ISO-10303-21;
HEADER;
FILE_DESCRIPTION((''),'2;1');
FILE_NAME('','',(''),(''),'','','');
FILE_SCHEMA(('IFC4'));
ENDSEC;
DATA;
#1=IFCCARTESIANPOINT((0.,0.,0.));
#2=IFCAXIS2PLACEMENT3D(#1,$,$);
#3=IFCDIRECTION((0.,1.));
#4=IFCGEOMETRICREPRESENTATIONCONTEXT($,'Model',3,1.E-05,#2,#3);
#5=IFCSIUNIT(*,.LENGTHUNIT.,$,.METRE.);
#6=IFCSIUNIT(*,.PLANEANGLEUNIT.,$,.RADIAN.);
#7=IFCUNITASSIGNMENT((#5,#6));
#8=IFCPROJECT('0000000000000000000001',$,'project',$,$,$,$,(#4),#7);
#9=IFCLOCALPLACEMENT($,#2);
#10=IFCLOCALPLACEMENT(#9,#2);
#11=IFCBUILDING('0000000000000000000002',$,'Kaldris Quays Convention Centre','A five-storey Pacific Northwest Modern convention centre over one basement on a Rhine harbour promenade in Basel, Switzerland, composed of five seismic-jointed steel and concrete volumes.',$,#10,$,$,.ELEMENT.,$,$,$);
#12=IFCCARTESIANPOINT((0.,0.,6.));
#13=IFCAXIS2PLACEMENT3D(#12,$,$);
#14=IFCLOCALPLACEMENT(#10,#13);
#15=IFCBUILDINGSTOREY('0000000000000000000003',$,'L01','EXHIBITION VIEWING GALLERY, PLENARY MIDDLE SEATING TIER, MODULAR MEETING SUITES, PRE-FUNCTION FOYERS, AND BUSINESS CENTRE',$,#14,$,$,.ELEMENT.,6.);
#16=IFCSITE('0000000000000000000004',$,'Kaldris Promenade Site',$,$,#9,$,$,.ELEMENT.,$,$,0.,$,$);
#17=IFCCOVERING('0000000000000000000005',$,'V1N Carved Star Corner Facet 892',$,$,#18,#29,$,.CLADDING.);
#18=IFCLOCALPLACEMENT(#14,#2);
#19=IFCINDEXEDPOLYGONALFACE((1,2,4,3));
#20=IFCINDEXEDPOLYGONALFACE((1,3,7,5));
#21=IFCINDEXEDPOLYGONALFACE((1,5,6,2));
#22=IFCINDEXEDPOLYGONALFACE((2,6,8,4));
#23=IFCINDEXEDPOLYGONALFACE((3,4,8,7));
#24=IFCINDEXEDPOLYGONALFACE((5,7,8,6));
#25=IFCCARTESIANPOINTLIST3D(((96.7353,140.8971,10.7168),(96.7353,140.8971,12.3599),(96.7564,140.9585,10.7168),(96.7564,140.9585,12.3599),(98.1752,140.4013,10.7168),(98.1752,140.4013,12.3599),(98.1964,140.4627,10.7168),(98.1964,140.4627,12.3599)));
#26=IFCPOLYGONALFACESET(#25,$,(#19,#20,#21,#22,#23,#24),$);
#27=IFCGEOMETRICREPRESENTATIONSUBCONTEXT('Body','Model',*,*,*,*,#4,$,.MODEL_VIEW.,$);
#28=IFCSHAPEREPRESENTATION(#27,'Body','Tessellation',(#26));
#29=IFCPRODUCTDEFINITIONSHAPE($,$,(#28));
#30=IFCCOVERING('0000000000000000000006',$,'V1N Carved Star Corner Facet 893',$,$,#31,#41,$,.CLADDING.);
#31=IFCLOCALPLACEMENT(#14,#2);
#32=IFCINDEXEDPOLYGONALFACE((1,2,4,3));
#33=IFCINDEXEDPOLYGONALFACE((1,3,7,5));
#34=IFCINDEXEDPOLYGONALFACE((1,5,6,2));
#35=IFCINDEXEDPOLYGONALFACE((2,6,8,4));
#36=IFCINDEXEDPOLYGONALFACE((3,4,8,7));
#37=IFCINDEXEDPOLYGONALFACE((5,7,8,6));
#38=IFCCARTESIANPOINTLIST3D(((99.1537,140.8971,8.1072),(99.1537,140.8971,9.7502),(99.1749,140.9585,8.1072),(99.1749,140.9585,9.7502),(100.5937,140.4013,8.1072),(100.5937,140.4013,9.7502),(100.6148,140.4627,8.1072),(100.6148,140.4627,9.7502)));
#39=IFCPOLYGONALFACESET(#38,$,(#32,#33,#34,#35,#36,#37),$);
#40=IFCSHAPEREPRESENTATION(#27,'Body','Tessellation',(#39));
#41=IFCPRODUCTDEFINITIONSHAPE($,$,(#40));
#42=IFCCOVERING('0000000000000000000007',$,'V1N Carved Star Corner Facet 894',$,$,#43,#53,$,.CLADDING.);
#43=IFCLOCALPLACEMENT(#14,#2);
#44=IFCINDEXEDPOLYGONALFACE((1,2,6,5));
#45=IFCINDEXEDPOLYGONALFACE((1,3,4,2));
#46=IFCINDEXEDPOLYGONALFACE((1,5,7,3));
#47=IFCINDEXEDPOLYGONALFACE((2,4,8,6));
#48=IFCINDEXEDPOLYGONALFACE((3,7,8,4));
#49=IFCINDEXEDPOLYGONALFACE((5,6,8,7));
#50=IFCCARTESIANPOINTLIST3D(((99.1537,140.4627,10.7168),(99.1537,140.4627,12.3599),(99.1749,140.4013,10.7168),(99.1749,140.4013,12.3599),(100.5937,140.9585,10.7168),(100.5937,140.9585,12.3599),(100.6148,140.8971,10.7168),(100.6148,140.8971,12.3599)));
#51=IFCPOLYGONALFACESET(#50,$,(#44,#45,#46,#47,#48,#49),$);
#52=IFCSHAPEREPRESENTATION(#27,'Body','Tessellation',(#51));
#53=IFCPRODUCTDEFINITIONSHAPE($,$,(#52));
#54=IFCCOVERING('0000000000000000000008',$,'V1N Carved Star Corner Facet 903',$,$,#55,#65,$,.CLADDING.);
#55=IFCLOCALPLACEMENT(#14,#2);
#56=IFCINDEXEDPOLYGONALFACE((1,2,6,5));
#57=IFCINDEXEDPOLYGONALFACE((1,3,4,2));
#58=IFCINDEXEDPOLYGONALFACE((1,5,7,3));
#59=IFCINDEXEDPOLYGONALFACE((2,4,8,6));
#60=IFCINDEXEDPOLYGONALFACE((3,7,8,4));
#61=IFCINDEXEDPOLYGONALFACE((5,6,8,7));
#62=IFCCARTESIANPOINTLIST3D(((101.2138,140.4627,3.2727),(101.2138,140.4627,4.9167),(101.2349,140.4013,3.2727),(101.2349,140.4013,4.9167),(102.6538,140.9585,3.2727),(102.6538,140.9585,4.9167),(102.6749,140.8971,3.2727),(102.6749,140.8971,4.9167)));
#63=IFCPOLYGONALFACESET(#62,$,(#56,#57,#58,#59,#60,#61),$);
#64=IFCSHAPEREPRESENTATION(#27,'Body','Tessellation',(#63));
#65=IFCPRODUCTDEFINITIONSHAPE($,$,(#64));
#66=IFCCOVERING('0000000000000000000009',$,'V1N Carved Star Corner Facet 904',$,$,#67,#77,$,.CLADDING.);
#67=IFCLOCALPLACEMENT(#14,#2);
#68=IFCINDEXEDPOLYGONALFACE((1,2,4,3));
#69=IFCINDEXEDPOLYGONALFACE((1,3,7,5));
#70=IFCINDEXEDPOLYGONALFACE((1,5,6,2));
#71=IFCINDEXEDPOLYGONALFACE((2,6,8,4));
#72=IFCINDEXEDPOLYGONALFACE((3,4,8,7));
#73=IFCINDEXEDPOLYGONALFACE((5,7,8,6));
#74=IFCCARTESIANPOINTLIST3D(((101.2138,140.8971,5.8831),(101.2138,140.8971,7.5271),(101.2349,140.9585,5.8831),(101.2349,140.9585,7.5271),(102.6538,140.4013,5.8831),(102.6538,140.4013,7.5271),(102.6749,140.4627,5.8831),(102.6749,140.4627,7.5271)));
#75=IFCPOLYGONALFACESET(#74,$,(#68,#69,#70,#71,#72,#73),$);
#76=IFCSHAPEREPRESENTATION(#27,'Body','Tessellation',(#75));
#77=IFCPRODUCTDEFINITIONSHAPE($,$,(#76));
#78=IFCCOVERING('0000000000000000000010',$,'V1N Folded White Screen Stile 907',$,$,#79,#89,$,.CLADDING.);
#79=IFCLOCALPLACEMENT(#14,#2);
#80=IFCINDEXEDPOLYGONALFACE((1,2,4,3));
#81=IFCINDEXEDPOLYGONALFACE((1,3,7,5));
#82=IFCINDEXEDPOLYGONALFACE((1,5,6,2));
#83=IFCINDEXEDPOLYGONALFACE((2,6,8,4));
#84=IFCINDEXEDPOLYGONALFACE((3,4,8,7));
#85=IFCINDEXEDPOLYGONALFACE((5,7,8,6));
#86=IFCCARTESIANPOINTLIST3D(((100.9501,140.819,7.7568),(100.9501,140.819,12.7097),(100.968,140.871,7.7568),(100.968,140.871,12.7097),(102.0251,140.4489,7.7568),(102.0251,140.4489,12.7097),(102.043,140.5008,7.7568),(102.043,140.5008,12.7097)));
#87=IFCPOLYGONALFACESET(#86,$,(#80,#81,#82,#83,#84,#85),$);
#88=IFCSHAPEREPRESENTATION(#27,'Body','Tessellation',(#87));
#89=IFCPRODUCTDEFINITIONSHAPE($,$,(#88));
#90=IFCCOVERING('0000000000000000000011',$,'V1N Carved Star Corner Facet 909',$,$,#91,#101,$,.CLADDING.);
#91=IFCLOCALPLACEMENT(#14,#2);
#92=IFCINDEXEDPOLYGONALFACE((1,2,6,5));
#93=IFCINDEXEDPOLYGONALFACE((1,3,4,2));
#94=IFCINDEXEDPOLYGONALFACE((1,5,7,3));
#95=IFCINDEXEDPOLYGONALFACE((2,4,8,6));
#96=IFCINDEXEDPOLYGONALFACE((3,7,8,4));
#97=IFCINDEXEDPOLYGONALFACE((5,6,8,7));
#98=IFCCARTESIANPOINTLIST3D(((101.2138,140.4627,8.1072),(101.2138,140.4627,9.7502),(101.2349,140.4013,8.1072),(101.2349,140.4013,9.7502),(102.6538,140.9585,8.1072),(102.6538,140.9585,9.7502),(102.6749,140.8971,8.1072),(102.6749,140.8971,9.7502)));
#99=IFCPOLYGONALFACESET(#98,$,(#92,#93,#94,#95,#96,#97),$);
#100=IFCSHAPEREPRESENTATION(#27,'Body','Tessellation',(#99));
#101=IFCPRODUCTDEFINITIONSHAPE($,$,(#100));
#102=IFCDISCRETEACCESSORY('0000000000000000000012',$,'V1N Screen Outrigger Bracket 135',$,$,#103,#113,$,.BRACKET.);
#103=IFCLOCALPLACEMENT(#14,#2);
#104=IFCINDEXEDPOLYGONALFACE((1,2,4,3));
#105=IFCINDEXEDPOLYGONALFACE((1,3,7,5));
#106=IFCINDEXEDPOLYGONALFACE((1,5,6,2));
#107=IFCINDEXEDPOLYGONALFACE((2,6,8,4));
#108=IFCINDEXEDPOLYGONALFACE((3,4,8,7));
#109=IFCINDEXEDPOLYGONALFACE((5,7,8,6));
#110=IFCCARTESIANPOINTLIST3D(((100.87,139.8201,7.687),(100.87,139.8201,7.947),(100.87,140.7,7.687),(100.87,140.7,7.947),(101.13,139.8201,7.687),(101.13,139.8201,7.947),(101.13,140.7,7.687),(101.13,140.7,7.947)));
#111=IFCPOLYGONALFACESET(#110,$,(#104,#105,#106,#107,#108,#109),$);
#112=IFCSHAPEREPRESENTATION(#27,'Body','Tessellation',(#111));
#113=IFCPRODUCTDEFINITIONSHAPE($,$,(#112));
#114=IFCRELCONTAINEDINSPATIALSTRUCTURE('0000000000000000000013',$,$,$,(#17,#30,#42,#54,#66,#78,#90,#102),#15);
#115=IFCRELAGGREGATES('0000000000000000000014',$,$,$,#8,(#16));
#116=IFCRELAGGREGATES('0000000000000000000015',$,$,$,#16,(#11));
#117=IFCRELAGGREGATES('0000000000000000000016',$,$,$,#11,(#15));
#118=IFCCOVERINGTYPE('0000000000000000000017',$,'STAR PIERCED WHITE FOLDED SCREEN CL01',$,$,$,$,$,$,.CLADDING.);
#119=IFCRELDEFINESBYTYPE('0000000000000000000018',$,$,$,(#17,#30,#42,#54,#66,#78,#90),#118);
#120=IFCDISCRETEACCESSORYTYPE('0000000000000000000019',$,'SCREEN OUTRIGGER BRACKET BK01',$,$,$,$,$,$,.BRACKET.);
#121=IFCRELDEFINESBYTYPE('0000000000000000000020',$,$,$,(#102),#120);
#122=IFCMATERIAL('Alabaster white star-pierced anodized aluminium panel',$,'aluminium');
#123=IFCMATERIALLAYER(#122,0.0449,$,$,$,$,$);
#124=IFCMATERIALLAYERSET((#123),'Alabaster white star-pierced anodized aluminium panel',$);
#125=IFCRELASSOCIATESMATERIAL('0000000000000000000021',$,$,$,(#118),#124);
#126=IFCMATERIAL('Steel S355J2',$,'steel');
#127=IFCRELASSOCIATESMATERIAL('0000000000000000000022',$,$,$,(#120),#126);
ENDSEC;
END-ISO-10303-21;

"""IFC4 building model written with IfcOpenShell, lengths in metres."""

from ifc_helpers import new_model, si_unit, direction, frame, origin, origin_2d, place, context, subcontext, project, spatial, rectangle, extrude, material, layer, layer_set, type_object, element, save


model = new_model("IFC4")

# Units and contexts
model_context = context("Model", 3, precision=1e-05, world=origin(), true_north=direction((0.0, 1.0)))
body_context = subcontext(model_context, "Body", "Model", "MODEL_VIEW")
ifc_project = project(units=[si_unit("LENGTHUNIT", "METRE"), si_unit("PLANEANGLEUNIT", "RADIAN")], contexts=[model_context])

# Site, building, storey
site_placement = place(None, origin())
site = spatial("IfcSite", under=ifc_project, at=site_placement, Name="Kaldris Promenade Site", CompositionType="ELEMENT", RefElevation=0.0)
building_placement = place(site_placement, origin())
building = spatial("IfcBuilding", under=site, at=building_placement, Name="Kaldris Quays Convention Centre", Description="A five-storey Pacific Northwest Modern convention centre over one basement on a Rhine harbour promenade in Basel, Switzerland, composed of five seismic-jointed steel and concrete volumes.", CompositionType="ELEMENT")
storey_placement = place(building_placement, frame((0.0, 0.0, 6.0)))
storey = spatial("IfcBuildingStorey", under=building, at=storey_placement, Name="L01", Description="EXHIBITION VIEWING GALLERY, PLENARY MIDDLE SEATING TIER, MODULAR MEETING SUITES, PRE-FUNCTION FOYERS, AND BUSINESS CENTRE", CompositionType="ELEMENT", Elevation=6.0)

# Coverings
ifc_material_1 = material(Name="Alabaster white star-pierced anodized aluminium panel", Category="aluminium")
ifc_layer = layer(ifc_material_1, 0.0449)
ifc_layer_set = layer_set([ifc_layer], Name="Alabaster white star-pierced anodized aluminium panel")
covering_type = type_object("IfcCoveringType", Name="STAR PIERCED WHITE FOLDED SCREEN CL01", PredefinedType="CLADDING", material=ifc_layer_set)
for number, where, z_axis, x_axis, name in (
    (1, (97.4658, 140.6799, 10.7168), (0.0, 0.0, 1.0), (0.945519, -0.325568, 0.0), "V1N Carved Star Corner Facet 892"),
    (2, (99.8843, 140.6799, 8.1072), (0.0, 0.0, 1.0), (0.945519, -0.325568, 0.0), "V1N Carved Star Corner Facet 893"),
    (3, (99.8843, 140.6799, 10.7168), (0.0, 0.0, 1.0), (0.945519, 0.325568, 0.0), "V1N Carved Star Corner Facet 894"),
):
    element("IfcCovering", number, at=place(storey_placement, frame(where, z_axis=z_axis, x_axis=x_axis)), inside=storey, type_object=covering_type, Name=name, PredefinedType="CLADDING", context=body_context, shape_type="SweptSolid", body=[
        extrude(rectangle(XDim=1.5229, YDim=0.0649, at=origin_2d()), origin(), (0.0, 0.0, 1.0), 1.6431),
    ])
for number, where, z_axis, x_axis, name in (
    (4, (101.9443, 140.6799, 3.2727), (0.0, 0.0, 1.0), (0.945519, 0.325568, 0.0), "V1N Carved Star Corner Facet 903"),
    (5, (101.9443, 140.6799, 5.8831), (0.0, 0.0, 1.0), (0.945519, -0.325568, 0.0), "V1N Carved Star Corner Facet 904"),
):
    element("IfcCovering", number, at=place(storey_placement, frame(where, z_axis=z_axis, x_axis=x_axis)), inside=storey, type_object=covering_type, Name=name, PredefinedType="CLADDING", context=body_context, shape_type="SweptSolid", body=[
        extrude(rectangle(XDim=1.5229, YDim=0.0649, at=origin_2d()), origin(), (0.0, 0.0, 1.0), 1.644),
    ])
covering_1_placement = place(storey_placement, frame((101.4966, 140.6599, 7.7568), z_axis=(0.0, 0.0, 1.0), x_axis=(0.945519, -0.325568, 0.0)))
element("IfcCovering", 6, at=covering_1_placement, inside=storey, type_object=covering_type, Name="V1N Folded White Screen Stile 907", PredefinedType="CLADDING", context=body_context, shape_type="SweptSolid", body=[
    extrude(rectangle(XDim=1.137, YDim=0.0549, at=origin_2d()), origin(), (0.0, 0.0, 1.0), 4.9529),
])
covering_2_placement = place(storey_placement, frame((101.9443, 140.6799, 8.1072), z_axis=(0.0, 0.0, 1.0), x_axis=(0.945519, 0.325568, 0.0)))
element("IfcCovering", 7, at=covering_2_placement, inside=storey, type_object=covering_type, Name="V1N Carved Star Corner Facet 909", PredefinedType="CLADDING", context=body_context, shape_type="SweptSolid", body=[
    extrude(rectangle(XDim=1.5229, YDim=0.0649, at=origin_2d()), origin(), (0.0, 0.0, 1.0), 1.6431),
])

# Discrete accessory
ifc_material_2 = material(Name="Steel S355J2", Category="steel")
discrete_accessory_type = type_object("IfcDiscreteAccessoryType", Name="SCREEN OUTRIGGER BRACKET BK01", PredefinedType="BRACKET", material=ifc_material_2)
discrete_accessory_placement = place(storey_placement, frame((101.0, 140.26, 7.687), z_axis=(0.0, 0.0, 1.0), x_axis=(1.0, 0.0, 0.0)))
element("IfcDiscreteAccessory", 8, at=discrete_accessory_placement, inside=storey, type_object=discrete_accessory_type, Name="V1N Screen Outrigger Bracket 135", PredefinedType="BRACKET", context=body_context, shape_type="SweptSolid", body=[
    extrude(rectangle(XDim=0.26, YDim=0.8799, at=origin_2d()), origin(), (0.0, 0.0, 1.0), 0.26),
])

save(model, "model.ifc")
